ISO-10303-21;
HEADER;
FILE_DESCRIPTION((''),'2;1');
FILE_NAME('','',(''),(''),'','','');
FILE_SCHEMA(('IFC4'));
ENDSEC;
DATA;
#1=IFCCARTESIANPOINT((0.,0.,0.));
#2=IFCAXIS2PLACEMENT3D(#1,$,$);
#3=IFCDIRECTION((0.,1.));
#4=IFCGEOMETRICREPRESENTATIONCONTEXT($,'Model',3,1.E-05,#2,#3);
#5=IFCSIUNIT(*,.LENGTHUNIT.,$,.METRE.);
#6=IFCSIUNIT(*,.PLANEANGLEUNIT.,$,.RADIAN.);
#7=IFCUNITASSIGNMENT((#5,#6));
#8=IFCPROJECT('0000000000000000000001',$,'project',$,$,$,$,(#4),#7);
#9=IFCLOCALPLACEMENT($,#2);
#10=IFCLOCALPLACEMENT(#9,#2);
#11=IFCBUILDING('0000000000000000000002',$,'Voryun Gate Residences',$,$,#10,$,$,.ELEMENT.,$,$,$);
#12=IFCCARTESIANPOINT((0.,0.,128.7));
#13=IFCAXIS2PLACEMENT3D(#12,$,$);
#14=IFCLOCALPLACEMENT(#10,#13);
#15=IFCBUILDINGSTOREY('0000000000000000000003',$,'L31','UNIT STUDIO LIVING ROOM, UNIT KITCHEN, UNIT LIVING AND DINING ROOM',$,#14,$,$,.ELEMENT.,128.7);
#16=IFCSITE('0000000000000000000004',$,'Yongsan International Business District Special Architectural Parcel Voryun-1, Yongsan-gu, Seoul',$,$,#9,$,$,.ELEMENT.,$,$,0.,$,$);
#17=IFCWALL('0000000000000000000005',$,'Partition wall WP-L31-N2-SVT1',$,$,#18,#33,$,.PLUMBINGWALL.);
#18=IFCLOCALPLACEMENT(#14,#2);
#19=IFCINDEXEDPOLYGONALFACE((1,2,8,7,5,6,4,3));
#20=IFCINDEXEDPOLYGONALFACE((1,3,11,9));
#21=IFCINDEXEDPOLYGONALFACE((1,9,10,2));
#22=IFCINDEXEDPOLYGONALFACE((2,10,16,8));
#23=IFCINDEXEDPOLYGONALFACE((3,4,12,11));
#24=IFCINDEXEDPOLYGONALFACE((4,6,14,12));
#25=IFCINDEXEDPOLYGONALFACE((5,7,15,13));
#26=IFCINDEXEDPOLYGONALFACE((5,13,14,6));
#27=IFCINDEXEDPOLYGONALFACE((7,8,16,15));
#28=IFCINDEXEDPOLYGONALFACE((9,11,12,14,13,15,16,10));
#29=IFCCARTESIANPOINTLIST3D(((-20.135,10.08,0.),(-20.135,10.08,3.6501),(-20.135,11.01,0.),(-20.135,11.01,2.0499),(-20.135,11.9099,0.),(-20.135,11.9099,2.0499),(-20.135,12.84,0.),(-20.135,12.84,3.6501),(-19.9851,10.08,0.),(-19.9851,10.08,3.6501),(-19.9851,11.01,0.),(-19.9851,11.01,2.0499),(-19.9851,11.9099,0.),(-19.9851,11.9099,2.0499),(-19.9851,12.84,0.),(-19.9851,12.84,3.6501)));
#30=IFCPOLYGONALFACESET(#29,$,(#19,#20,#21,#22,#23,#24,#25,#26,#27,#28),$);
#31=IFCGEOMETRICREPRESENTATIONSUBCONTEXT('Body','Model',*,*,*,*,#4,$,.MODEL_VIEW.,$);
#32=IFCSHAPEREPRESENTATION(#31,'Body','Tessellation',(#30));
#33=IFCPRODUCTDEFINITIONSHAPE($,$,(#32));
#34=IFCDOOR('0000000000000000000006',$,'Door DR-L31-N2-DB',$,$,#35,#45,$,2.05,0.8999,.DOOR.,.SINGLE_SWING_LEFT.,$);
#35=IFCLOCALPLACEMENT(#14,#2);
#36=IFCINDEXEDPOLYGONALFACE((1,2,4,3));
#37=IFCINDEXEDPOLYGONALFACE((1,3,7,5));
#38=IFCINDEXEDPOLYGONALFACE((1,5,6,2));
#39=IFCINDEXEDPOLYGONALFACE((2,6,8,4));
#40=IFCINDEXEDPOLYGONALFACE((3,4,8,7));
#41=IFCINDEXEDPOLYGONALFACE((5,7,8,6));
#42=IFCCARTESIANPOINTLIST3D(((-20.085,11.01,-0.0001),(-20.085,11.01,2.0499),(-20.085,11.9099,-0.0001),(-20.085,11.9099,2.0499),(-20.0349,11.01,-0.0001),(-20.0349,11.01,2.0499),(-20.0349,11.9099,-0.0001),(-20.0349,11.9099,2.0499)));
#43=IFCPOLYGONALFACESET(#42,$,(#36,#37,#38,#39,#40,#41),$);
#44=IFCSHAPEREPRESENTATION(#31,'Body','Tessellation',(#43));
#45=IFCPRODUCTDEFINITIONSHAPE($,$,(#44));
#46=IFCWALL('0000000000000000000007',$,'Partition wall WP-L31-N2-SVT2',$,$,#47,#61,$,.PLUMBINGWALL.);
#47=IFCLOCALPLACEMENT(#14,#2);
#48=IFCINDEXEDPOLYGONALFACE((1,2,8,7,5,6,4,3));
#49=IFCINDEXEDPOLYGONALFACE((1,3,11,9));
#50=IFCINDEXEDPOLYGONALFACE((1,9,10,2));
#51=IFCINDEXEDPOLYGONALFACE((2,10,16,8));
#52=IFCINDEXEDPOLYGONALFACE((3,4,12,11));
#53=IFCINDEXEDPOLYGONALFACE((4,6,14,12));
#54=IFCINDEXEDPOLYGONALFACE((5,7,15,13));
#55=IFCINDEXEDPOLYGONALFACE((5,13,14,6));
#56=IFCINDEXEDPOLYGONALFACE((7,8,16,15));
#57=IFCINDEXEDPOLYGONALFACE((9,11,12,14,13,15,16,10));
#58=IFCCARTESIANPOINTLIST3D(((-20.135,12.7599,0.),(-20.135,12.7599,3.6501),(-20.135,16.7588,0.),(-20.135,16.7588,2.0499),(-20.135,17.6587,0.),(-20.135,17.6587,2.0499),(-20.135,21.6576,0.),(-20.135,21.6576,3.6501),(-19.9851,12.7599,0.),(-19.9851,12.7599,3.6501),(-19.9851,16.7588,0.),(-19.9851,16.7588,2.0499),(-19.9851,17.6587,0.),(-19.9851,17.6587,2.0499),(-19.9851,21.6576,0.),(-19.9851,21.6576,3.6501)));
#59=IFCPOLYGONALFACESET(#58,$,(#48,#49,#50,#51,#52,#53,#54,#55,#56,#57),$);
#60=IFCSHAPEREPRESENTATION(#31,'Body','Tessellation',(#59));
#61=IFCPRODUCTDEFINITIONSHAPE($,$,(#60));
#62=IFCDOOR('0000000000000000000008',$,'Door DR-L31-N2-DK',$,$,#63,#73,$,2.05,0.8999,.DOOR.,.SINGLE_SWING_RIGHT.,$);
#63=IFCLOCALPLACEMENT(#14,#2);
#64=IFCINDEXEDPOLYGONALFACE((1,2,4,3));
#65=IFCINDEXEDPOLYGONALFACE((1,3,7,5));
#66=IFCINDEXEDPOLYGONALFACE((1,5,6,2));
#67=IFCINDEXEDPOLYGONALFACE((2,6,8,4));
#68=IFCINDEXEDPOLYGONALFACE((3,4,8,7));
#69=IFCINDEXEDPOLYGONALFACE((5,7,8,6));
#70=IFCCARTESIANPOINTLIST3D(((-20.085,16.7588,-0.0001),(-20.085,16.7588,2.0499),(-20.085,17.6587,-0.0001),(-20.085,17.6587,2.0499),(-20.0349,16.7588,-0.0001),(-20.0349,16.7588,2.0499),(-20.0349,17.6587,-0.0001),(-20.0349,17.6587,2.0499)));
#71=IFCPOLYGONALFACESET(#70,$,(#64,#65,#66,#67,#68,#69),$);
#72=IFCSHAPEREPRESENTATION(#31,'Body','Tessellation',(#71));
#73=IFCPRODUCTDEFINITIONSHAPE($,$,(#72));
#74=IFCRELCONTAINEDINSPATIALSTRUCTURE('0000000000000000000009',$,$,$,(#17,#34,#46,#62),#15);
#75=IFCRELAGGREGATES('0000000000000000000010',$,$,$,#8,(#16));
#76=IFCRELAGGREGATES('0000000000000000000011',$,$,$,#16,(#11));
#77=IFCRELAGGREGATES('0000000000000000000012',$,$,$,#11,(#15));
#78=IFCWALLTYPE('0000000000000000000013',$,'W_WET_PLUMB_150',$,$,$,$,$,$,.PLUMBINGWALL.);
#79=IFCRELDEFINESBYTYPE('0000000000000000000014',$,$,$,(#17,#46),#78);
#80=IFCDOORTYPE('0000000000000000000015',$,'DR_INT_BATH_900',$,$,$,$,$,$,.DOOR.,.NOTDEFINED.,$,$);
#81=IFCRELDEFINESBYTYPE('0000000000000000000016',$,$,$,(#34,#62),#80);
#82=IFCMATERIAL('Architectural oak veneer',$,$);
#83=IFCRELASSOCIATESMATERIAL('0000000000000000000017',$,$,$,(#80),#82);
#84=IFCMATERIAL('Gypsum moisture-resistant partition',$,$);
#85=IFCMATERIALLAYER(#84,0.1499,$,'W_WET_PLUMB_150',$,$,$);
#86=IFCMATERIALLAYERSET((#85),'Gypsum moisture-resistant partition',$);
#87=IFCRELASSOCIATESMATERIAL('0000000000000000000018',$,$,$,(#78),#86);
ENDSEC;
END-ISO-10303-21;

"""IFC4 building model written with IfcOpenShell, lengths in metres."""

from ifc_helpers import new_model, si_unit, direction, frame, frame_2d, origin, place, context, subcontext, project, spatial, rectangle, extrude, material, layer, layer_set, type_object, element, fill, save


model = new_model("IFC4")

# Units and contexts
model_context = context("Model", 3, precision=1e-05, world=origin(), true_north=direction((0.0, 1.0)))
body_context = subcontext(model_context, "Body", "Model", "MODEL_VIEW")
ifc_project = project(units=[si_unit("LENGTHUNIT", "METRE"), si_unit("PLANEANGLEUNIT", "RADIAN")], contexts=[model_context])

# Site, building, storey
site_placement = place(None, origin())
site = spatial("IfcSite", under=ifc_project, at=site_placement, Name="Yongsan International Business District Special Architectural Parcel Voryun-1, Yongsan-gu, Seoul", CompositionType="ELEMENT", RefElevation=0.0)
building_placement = place(site_placement, origin())
building = spatial("IfcBuilding", under=site, at=building_placement, Name="Voryun Gate Residences", CompositionType="ELEMENT")
storey_placement = place(building_placement, frame((0.0, 0.0, 128.7)))
storey = spatial("IfcBuildingStorey", under=building, at=storey_placement, Name="L31", Description="UNIT STUDIO LIVING ROOM, UNIT KITCHEN, UNIT LIVING AND DINING ROOM", CompositionType="ELEMENT", Elevation=128.7)

# Shared definitions
ifc_material_1 = material(Name="Architectural oak veneer")
door_type_1 = type_object("IfcDoorType", Name="DR_INT_BATH_900", OperationType="NOTDEFINED", PredefinedType="DOOR", material=ifc_material_1)

# Shared definitions
ifc_material_2 = material(Name="Gypsum moisture-resistant partition")
ifc_layer_1 = layer(ifc_material_2, 0.1499, Name="W_WET_PLUMB_150")
ifc_layer_set_1 = layer_set([ifc_layer_1], Name="Gypsum moisture-resistant partition")
wall_type_1 = type_object("IfcWallType", Name="W_WET_PLUMB_150", PredefinedType="PLUMBINGWALL", material=ifc_layer_set_1)

# Walls, openings, doors
wall_1_placement = place(storey_placement, frame((-20.0601, 10.0801, 0.0), z_axis=(0.0, 0.0, 1.0), x_axis=(0.0, 1.0, 0.0)))
wall_1 = element("IfcWall", 1, at=wall_1_placement, inside=storey, type_object=wall_type_1, Name="Partition wall WP-L31-N2-SVT1", PredefinedType="PLUMBINGWALL", context=body_context, shape_type="SweptSolid", body=[
    extrude(rectangle(XDim=2.76, YDim=0.1499, at=frame_2d((1.3799, 0.0))), origin(), (0.0, 0.0, 1.0), 3.6501),
])
opening_1_placement = place(wall_1_placement, frame((0.9299, 0.0, 0.0)))
opening_1 = element("IfcOpeningElement", 2, at=opening_1_placement, cuts=wall_1, PredefinedType="OPENING", context=body_context, shape_type="SweptSolid", body=[
    extrude(rectangle(XDim=0.8999, YDim=2.05, at=frame_2d((0.45, 1.0249))), frame((0.0, 0.085, 0.0), z_axis=(0.0, -1.0, 0.0), x_axis=(1.0, 0.0, 0.0)), (0.0, 0.0, 1.0), 0.1699),
])
door_1_placement = place(opening_1_placement, origin())
door_1 = element("IfcDoor", 3, at=door_1_placement, inside=storey, type_object=door_type_1, Name="Door DR-L31-N2-DB", OperationType="SINGLE_SWING_LEFT", OverallHeight=2.05, OverallWidth=0.8999, PredefinedType="DOOR", context=body_context, shape_type="SweptSolid", body=[
    extrude(rectangle(XDim=0.8999, YDim=2.05, at=frame_2d((0.45, 1.0249))), frame((0.0, 0.0249, 0.0), z_axis=(0.0, -1.0, 0.0), x_axis=(1.0, 0.0, 0.0)), (0.0, 0.0, 1.0), 0.05),
])
fill(opening_1, door_1)
wall_2_placement = place(storey_placement, frame((-20.0601, 12.76, 0.0), z_axis=(0.0, 0.0, 1.0), x_axis=(0.0, 1.0, 0.0)))
wall_2 = element("IfcWall", 4, at=wall_2_placement, inside=storey, type_object=wall_type_1, Name="Partition wall WP-L31-N2-SVT2", PredefinedType="PLUMBINGWALL", context=body_context, shape_type="SweptSolid", body=[
    extrude(rectangle(XDim=8.8977, YDim=0.1499, at=frame_2d((4.4487, 0.0))), origin(), (0.0, 0.0, 1.0), 3.6501),
])
opening_2_placement = place(wall_2_placement, frame((3.9988, 0.0, 0.0)))
opening_2 = element("IfcOpeningElement", 5, at=opening_2_placement, cuts=wall_2, PredefinedType="OPENING", context=body_context, shape_type="SweptSolid", body=[
    extrude(rectangle(XDim=0.8999, YDim=2.05, at=frame_2d((0.45, 1.0249))), frame((0.0, 0.085, 0.0), z_axis=(0.0, -1.0, 0.0), x_axis=(1.0, 0.0, 0.0)), (0.0, 0.0, 1.0), 0.1699),
])
door_2_placement = place(opening_2_placement, origin())
door_2 = element("IfcDoor", 6, at=door_2_placement, inside=storey, type_object=door_type_1, Name="Door DR-L31-N2-DK", OperationType="SINGLE_SWING_RIGHT", OverallHeight=2.05, OverallWidth=0.8999, PredefinedType="DOOR", context=body_context, shape_type="SweptSolid", body=[
    extrude(rectangle(XDim=0.8999, YDim=2.05, at=frame_2d((0.45, 1.0249))), frame((0.0, 0.0249, 0.0), z_axis=(0.0, -1.0, 0.0), x_axis=(1.0, 0.0, 0.0)), (0.0, 0.0, 1.0), 0.05),
])
fill(opening_2, door_2)

save(model, "model.ifc")
